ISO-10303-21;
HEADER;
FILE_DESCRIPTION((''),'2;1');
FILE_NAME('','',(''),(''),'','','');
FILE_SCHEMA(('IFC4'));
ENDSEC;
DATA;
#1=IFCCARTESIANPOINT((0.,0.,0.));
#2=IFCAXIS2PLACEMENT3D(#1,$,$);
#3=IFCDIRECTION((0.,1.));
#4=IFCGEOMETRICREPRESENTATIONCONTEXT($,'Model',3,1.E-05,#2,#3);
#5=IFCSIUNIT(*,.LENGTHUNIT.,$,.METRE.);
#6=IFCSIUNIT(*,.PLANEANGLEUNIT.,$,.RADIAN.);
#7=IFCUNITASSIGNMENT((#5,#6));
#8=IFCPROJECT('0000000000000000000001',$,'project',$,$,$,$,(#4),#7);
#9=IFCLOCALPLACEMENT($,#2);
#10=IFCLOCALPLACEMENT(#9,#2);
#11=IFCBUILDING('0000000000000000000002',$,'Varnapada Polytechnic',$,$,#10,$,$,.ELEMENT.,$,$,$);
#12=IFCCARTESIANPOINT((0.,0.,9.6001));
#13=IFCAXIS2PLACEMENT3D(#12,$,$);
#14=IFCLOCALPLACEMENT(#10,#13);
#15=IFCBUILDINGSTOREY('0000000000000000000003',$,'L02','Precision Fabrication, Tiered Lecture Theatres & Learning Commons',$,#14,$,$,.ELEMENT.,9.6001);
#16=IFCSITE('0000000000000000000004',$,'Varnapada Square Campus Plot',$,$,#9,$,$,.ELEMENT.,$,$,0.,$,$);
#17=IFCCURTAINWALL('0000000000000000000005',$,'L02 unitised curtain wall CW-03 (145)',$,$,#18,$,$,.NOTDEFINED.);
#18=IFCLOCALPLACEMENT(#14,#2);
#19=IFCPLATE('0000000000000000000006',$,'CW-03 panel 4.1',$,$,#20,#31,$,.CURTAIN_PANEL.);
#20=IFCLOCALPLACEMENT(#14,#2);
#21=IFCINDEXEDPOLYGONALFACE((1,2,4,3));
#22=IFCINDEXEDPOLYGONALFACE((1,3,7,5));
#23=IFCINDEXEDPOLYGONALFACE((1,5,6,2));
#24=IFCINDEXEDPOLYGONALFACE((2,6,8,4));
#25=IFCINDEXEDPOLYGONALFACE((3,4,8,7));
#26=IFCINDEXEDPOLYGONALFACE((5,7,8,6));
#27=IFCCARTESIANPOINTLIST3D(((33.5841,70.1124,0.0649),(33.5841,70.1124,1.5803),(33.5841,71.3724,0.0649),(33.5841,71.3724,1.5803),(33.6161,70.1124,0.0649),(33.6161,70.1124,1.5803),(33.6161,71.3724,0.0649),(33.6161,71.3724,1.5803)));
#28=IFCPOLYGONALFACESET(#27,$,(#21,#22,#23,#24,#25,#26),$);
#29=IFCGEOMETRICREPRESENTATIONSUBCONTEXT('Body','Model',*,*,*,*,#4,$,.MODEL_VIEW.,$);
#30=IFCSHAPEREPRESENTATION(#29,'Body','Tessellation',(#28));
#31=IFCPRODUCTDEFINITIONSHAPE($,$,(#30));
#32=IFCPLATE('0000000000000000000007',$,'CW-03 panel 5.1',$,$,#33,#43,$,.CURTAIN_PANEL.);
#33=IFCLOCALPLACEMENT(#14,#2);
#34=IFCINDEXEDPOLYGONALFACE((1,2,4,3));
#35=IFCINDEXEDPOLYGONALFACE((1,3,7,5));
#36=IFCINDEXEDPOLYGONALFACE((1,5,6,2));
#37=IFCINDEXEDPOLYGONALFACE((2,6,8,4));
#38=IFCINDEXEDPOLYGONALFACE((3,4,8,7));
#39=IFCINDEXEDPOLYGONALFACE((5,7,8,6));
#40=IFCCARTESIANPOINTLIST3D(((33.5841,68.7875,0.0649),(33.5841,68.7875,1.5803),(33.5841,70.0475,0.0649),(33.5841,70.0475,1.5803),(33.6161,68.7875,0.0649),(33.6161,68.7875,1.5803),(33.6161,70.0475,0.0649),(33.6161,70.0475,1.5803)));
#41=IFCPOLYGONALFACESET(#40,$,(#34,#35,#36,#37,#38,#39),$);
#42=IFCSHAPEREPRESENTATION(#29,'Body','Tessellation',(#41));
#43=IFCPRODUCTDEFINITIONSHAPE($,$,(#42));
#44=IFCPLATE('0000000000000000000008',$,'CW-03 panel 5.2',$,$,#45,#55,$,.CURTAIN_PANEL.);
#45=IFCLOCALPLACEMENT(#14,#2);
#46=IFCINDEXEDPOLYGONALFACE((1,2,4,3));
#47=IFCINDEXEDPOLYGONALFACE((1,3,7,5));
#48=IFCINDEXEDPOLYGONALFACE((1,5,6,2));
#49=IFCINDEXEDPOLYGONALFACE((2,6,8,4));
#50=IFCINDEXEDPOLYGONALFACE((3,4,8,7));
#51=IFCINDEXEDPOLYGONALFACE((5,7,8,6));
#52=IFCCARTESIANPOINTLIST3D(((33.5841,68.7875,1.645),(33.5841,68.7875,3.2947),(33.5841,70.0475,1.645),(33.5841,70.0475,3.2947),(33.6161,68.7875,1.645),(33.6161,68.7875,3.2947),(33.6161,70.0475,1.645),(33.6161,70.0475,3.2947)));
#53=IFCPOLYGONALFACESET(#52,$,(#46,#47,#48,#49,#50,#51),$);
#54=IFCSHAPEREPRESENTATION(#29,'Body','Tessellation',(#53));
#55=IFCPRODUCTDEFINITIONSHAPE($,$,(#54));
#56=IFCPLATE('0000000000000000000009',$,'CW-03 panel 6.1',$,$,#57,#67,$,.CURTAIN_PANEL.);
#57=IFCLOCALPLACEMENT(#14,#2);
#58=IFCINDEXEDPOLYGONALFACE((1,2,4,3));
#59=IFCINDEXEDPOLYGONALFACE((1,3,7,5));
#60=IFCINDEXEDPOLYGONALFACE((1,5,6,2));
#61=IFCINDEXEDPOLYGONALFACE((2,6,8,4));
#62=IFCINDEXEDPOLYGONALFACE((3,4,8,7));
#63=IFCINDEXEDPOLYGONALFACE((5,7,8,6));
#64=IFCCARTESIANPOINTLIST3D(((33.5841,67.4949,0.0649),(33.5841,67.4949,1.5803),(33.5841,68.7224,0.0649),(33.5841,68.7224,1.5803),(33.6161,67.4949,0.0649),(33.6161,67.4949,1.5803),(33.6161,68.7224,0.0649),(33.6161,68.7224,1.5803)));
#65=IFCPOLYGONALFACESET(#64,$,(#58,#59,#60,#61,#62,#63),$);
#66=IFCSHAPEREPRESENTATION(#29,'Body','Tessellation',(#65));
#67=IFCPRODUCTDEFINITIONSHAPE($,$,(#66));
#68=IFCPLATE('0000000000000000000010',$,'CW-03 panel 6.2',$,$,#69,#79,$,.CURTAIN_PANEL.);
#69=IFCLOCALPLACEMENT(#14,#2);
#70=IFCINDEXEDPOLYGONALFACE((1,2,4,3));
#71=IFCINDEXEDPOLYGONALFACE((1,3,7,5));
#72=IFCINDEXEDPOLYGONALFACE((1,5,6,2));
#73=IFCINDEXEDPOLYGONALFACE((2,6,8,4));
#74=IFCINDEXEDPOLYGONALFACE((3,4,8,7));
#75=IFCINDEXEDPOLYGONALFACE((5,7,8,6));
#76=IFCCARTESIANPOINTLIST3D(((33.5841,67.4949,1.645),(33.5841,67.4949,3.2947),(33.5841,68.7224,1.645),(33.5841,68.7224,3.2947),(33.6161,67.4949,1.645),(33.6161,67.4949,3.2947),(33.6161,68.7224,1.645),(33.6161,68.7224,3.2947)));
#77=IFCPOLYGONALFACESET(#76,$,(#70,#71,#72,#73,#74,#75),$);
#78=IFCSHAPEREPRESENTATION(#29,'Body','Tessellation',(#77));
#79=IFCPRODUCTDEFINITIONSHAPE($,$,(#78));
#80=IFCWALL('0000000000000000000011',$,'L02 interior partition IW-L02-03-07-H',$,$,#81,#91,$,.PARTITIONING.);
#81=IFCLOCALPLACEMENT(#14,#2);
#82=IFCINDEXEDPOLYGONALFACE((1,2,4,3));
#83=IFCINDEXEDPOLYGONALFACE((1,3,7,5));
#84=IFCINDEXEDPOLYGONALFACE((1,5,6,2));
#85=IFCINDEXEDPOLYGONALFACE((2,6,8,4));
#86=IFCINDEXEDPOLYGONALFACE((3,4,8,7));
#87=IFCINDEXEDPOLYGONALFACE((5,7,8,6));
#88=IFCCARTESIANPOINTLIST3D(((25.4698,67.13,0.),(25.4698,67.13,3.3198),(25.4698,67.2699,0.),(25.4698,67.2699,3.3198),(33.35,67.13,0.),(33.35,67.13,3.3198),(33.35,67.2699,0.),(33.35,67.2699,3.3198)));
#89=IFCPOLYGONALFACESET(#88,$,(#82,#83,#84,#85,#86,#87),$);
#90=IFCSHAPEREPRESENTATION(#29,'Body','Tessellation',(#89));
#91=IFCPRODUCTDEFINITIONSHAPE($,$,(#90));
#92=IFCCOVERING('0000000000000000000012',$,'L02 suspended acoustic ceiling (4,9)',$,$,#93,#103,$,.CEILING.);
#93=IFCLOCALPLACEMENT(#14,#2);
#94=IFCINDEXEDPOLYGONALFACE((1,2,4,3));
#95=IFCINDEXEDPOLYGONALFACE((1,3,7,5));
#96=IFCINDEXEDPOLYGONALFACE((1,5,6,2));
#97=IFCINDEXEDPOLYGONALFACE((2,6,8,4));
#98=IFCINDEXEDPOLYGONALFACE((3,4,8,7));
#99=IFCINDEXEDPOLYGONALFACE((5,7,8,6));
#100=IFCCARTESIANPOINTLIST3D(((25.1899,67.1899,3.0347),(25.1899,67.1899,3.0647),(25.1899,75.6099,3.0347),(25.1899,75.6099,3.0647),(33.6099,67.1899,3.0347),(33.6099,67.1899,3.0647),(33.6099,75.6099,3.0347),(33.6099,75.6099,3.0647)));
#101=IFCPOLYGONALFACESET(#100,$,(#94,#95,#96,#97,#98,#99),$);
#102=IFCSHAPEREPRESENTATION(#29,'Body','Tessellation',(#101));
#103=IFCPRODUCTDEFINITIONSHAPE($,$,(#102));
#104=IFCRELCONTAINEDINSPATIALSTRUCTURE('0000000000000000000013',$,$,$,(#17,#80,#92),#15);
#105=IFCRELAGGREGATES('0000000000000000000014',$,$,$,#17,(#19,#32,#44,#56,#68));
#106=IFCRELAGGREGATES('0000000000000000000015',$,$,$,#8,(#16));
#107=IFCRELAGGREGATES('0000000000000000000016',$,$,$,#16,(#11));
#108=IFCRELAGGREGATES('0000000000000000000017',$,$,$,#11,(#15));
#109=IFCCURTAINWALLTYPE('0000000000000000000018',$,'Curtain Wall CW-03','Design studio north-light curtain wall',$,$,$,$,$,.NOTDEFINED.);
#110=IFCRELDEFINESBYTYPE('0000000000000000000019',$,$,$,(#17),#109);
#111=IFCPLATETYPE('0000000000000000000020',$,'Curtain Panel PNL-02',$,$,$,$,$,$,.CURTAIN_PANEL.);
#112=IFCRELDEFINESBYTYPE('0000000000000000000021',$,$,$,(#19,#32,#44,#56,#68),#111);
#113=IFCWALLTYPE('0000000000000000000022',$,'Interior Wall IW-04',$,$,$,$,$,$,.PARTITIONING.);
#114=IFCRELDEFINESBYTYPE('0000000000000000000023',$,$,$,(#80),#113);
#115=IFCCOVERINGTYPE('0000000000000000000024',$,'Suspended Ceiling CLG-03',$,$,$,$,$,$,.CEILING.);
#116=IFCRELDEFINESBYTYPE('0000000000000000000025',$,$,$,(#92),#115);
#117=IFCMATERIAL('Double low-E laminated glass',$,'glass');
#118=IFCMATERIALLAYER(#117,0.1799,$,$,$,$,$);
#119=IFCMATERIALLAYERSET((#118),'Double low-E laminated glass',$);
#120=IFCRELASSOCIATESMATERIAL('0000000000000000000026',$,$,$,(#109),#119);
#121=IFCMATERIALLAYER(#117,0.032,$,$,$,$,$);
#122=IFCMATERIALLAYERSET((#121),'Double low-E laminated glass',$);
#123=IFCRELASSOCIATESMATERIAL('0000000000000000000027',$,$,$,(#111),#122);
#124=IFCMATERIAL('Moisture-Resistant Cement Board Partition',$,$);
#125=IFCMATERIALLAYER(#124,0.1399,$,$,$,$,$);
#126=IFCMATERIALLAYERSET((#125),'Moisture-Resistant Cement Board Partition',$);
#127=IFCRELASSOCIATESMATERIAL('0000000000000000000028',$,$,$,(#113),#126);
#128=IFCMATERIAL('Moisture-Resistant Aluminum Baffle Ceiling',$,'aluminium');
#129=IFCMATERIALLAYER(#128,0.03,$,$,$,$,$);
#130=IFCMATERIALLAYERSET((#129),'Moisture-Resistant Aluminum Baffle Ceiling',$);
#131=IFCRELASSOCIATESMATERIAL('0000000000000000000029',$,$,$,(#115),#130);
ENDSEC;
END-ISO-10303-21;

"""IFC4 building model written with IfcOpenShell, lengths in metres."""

from ifc_helpers import new_model, si_unit, direction, frame, frame_2d, origin, origin_2d, place, context, subcontext, project, spatial, rectangle, extrude, material, layer, layer_set, type_object, element, aggregate, save


model = new_model("IFC4")

# Units and contexts
model_context = context("Model", 3, precision=1e-05, world=origin(), true_north=direction((0.0, 1.0)))
body_context = subcontext(model_context, "Body", "Model", "MODEL_VIEW")
ifc_project = project(units=[si_unit("LENGTHUNIT", "METRE"), si_unit("PLANEANGLEUNIT", "RADIAN")], contexts=[model_context])

# Site, building, storey
site_placement = place(None, origin())
site = spatial("IfcSite", under=ifc_project, at=site_placement, Name="Varnapada Square Campus Plot", CompositionType="ELEMENT", RefElevation=0.0)
building_placement = place(site_placement, origin())
building = spatial("IfcBuilding", under=site, at=building_placement, Name="Varnapada Polytechnic", CompositionType="ELEMENT")
storey_placement = place(building_placement, frame((0.0, 0.0, 9.6001)))
storey = spatial("IfcBuildingStorey", under=building, at=storey_placement, Name="L02", Description="Precision Fabrication, Tiered Lecture Theatres & Learning Commons", CompositionType="ELEMENT", Elevation=9.6001)

# Curtain wall, plates
ifc_material_1 = material(Name="Double low-E laminated glass", Category="glass")
ifc_layer_1 = layer(ifc_material_1, 0.1799)
ifc_layer_set_1 = layer_set([ifc_layer_1], Name="Double low-E laminated glass")
curtain_wall_type = type_object("IfcCurtainWallType", Name="Curtain Wall CW-03", Description="Design studio north-light curtain wall", PredefinedType="NOTDEFINED", material=ifc_layer_set_1)
curtain_wall_placement = place(storey_placement, origin())
curtain_wall = element("IfcCurtainWall", 1, at=curtain_wall_placement, inside=storey, type_object=curtain_wall_type, Name="L02 unitised curtain wall CW-03 (145)", PredefinedType="NOTDEFINED")
ifc_layer_2 = layer(ifc_material_1, 0.032)
ifc_layer_set_2 = layer_set([ifc_layer_2], Name="Double low-E laminated glass")
plate_type = type_object("IfcPlateType", Name="Curtain Panel PNL-02", PredefinedType="CURTAIN_PANEL", material=ifc_layer_set_2)
plate_1_placement = place(storey_placement, frame((33.6001, 70.7424, 0.0649), z_axis=(0.0, 0.0, 1.0), x_axis=(0.0, -1.0, 0.0)))
plate_1 = element("IfcPlate", 2, at=plate_1_placement, type_object=plate_type, Name="CW-03 panel 4.1", PredefinedType="CURTAIN_PANEL", context=body_context, shape_type="SweptSolid", body=[
    extrude(rectangle(XDim=1.26, YDim=0.032, at=origin_2d()), origin(), (0.0, 0.0, 1.0), 1.5154),
])
plate_2_placement = place(storey_placement, frame((33.6001, 69.4175, 0.0649), z_axis=(0.0, 0.0, 1.0), x_axis=(0.0, -1.0, 0.0)))
plate_2 = element("IfcPlate", 3, at=plate_2_placement, type_object=plate_type, Name="CW-03 panel 5.1", PredefinedType="CURTAIN_PANEL", context=body_context, shape_type="SweptSolid", body=[
    extrude(rectangle(XDim=1.26, YDim=0.032, at=origin_2d()), origin(), (0.0, 0.0, 1.0), 1.5154),
])
plate_3_placement = place(storey_placement, frame((33.6001, 69.4175, 1.645), z_axis=(0.0, 0.0, 1.0), x_axis=(0.0, -1.0, 0.0)))
plate_3 = element("IfcPlate", 4, at=plate_3_placement, type_object=plate_type, Name="CW-03 panel 5.2", PredefinedType="CURTAIN_PANEL", context=body_context, shape_type="SweptSolid", body=[
    extrude(rectangle(XDim=1.26, YDim=0.032, at=origin_2d()), origin(), (0.0, 0.0, 1.0), 1.6497),
])
plate_4_placement = place(storey_placement, frame((33.6001, 68.1086, 0.0649), z_axis=(0.0, 0.0, 1.0), x_axis=(0.0, -1.0, 0.0)))
plate_4 = element("IfcPlate", 5, at=plate_4_placement, type_object=plate_type, Name="CW-03 panel 6.1", PredefinedType="CURTAIN_PANEL", context=body_context, shape_type="SweptSolid", body=[
    extrude(rectangle(XDim=1.2275, YDim=0.032, at=origin_2d()), origin(), (0.0, 0.0, 1.0), 1.5154),
])
plate_5_placement = place(storey_placement, frame((33.6001, 68.1086, 1.645), z_axis=(0.0, 0.0, 1.0), x_axis=(0.0, -1.0, 0.0)))
plate_5 = element("IfcPlate", 6, at=plate_5_placement, type_object=plate_type, Name="CW-03 panel 6.2", PredefinedType="CURTAIN_PANEL", context=body_context, shape_type="SweptSolid", body=[
    extrude(rectangle(XDim=1.2275, YDim=0.032, at=origin_2d()), origin(), (0.0, 0.0, 1.0), 1.6497),
])
aggregate(curtain_wall, [plate_1, plate_2, plate_3, plate_4, plate_5])

# Wall
ifc_material_2 = material(Name="Moisture-Resistant Cement Board Partition")
ifc_layer_3 = layer(ifc_material_2, 0.1399)
ifc_layer_set_3 = layer_set([ifc_layer_3], Name="Moisture-Resistant Cement Board Partition")
wall_type = type_object("IfcWallType", Name="Interior Wall IW-04", PredefinedType="PARTITIONING", material=ifc_layer_set_3)
wall_placement = place(storey_placement, frame((25.47, 67.2, 0.0), z_axis=(0.0, 0.0, 1.0), x_axis=(1.0, 0.0, 0.0)))
element("IfcWall", 7, at=wall_placement, inside=storey, type_object=wall_type, Name="L02 interior partition IW-L02-03-07-H", PredefinedType="PARTITIONING", context=body_context, shape_type="SweptSolid", body=[
    extrude(rectangle(XDim=7.8801, YDim=0.1399, at=frame_2d((3.9399, 0.0))), origin(), (0.0, 0.0, 1.0), 3.3198),
])

# Covering
ifc_material_3 = material(Name="Moisture-Resistant Aluminum Baffle Ceiling", Category="aluminium")
ifc_layer_4 = layer(ifc_material_3, 0.03)
ifc_layer_set_4 = layer_set([ifc_layer_4], Name="Moisture-Resistant Aluminum Baffle Ceiling")
covering_type = type_object("IfcCoveringType", Name="Suspended Ceiling CLG-03", PredefinedType="CEILING", material=ifc_layer_set_4)
covering_placement = place(storey_placement, frame((29.3999, 71.3999, 3.0347), z_axis=(0.0, 0.0, 1.0), x_axis=(1.0, 0.0, 0.0)))
element("IfcCovering", 8, at=covering_placement, inside=storey, type_object=covering_type, Name="L02 suspended acoustic ceiling (4,9)", PredefinedType="CEILING", context=body_context, shape_type="SweptSolid", body=[
    extrude(rectangle(XDim=8.4199, YDim=8.4199, at=origin_2d()), origin(), (0.0, 0.0, 1.0), 0.03),
])

save(model, "model.ifc")
